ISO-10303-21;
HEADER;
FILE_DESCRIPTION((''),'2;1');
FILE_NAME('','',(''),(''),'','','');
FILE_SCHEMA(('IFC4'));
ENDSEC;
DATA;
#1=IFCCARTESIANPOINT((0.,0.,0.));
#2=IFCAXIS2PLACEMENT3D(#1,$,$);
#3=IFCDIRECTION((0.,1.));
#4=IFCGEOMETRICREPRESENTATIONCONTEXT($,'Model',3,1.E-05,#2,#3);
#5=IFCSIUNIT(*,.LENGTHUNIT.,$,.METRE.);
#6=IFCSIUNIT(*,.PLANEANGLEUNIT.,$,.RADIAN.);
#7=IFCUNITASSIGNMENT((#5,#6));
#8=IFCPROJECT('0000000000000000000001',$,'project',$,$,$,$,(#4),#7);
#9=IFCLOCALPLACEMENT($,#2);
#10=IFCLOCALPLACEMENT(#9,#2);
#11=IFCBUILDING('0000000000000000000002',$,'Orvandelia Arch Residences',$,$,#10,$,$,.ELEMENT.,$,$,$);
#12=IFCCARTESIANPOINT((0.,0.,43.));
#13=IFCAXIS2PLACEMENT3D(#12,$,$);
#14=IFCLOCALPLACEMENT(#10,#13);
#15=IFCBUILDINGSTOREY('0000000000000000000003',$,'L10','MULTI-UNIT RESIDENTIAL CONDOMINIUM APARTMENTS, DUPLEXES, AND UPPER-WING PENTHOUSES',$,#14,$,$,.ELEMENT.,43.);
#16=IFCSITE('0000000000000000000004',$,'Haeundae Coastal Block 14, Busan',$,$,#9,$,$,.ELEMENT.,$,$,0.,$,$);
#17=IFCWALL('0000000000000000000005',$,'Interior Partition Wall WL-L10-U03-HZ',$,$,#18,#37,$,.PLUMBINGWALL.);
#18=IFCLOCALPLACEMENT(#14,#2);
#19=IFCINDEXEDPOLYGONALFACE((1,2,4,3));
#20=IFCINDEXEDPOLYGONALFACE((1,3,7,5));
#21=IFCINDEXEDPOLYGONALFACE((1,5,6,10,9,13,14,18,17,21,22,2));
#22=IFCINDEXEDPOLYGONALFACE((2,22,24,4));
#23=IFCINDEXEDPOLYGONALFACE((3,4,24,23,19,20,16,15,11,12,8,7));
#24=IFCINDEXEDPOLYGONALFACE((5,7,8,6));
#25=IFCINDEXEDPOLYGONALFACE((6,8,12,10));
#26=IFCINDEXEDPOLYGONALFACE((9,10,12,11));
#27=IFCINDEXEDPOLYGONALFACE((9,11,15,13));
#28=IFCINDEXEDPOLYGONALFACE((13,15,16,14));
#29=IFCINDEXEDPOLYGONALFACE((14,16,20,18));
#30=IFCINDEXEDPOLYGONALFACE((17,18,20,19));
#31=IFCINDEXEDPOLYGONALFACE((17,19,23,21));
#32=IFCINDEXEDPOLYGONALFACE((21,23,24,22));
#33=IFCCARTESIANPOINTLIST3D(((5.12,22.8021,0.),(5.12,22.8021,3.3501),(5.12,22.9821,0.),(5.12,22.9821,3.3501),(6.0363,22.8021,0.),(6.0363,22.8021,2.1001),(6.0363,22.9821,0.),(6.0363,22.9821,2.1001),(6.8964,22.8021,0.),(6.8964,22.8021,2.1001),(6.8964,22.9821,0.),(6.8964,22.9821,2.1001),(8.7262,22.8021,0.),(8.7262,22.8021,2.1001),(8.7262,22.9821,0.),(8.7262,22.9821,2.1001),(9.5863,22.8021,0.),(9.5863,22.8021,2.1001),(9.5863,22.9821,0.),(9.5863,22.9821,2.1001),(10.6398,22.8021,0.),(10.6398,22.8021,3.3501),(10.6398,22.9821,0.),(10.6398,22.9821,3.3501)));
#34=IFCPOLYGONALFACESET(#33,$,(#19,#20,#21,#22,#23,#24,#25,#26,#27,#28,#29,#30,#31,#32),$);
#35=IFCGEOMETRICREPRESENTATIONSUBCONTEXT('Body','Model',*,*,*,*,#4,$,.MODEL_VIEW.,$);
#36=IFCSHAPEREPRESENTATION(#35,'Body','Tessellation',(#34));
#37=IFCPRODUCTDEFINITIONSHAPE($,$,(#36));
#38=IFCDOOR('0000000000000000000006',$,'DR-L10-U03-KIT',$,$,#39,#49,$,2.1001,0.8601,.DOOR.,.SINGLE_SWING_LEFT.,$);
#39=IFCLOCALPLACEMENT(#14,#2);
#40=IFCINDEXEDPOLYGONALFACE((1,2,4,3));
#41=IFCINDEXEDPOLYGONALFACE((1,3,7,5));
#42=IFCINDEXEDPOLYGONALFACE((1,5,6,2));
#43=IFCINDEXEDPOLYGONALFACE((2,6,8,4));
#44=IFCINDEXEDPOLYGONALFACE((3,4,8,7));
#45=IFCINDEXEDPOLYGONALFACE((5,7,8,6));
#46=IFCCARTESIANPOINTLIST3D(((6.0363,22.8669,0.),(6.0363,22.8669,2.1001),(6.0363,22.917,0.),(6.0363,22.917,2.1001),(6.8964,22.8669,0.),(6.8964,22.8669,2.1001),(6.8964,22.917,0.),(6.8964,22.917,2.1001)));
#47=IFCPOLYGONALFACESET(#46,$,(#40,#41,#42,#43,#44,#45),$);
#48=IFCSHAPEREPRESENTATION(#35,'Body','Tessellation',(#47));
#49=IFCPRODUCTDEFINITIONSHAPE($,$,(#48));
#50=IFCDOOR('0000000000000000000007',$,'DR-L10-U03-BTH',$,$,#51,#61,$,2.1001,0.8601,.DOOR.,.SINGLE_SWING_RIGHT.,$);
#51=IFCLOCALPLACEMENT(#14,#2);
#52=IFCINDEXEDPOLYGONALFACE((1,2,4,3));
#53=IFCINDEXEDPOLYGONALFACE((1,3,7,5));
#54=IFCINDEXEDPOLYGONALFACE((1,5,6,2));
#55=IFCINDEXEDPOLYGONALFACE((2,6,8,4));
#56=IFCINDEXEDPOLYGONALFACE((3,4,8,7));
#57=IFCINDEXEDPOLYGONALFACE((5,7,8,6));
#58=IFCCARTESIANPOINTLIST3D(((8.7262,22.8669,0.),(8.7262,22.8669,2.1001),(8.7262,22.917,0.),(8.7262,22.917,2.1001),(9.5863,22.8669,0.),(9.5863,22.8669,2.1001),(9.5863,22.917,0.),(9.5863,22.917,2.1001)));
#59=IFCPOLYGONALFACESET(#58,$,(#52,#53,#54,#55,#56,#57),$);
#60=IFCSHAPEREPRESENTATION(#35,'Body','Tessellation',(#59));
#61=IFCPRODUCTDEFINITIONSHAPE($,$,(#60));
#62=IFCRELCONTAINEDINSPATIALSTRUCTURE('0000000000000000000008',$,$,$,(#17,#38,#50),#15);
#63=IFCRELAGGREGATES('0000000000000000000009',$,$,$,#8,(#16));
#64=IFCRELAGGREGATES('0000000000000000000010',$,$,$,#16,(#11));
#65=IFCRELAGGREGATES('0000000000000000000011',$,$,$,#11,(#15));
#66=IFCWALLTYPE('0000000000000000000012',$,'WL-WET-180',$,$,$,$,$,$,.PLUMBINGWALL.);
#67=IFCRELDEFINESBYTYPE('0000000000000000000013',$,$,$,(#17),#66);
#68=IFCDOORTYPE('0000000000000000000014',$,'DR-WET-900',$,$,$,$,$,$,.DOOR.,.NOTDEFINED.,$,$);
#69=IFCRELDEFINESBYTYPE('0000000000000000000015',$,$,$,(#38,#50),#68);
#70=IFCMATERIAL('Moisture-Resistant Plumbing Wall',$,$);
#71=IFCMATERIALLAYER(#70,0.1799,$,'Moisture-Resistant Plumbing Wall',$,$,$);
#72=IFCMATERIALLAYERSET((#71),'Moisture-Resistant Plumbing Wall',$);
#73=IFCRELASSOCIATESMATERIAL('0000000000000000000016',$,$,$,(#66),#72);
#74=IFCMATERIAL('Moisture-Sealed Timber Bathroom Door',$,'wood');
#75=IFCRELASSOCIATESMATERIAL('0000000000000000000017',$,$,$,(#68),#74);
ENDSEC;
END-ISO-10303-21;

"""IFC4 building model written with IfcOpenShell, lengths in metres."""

from ifc_helpers import new_model, si_unit, direction, frame, frame_2d, origin, place, context, subcontext, project, spatial, rectangle, extrude, material, layer, layer_set, type_object, element, fill, save


model = new_model("IFC4")

# Units and contexts
model_context = context("Model", 3, precision=1e-05, world=origin(), true_north=direction((0.0, 1.0)))
body_context = subcontext(model_context, "Body", "Model", "MODEL_VIEW")
ifc_project = project(units=[si_unit("LENGTHUNIT", "METRE"), si_unit("PLANEANGLEUNIT", "RADIAN")], contexts=[model_context])

# Site, building, storey
site_placement = place(None, origin())
site = spatial("IfcSite", under=ifc_project, at=site_placement, Name="Haeundae Coastal Block 14, Busan", CompositionType="ELEMENT", RefElevation=0.0)
building_placement = place(site_placement, origin())
building = spatial("IfcBuilding", under=site, at=building_placement, Name="Orvandelia Arch Residences", CompositionType="ELEMENT")
storey_placement = place(building_placement, frame((0.0, 0.0, 43.0)))
storey = spatial("IfcBuildingStorey", under=building, at=storey_placement, Name="L10", Description="MULTI-UNIT RESIDENTIAL CONDOMINIUM APARTMENTS, DUPLEXES, AND UPPER-WING PENTHOUSES", CompositionType="ELEMENT", Elevation=43.0)

# Wall, openings, doors
ifc_material_1 = material(Name="Moisture-Resistant Plumbing Wall")
ifc_layer_1 = layer(ifc_material_1, 0.1799, Name="Moisture-Resistant Plumbing Wall")
ifc_layer_set_1 = layer_set([ifc_layer_1], Name="Moisture-Resistant Plumbing Wall")
wall_type_1 = type_object("IfcWallType", Name="WL-WET-180", PredefinedType="PLUMBINGWALL", material=ifc_layer_set_1)
ifc_material_2 = material(Name="Moisture-Sealed Timber Bathroom Door", Category="wood")
door_type_1 = type_object("IfcDoorType", Name="DR-WET-900", OperationType="NOTDEFINED", PredefinedType="DOOR", material=ifc_material_2)
wall_1_placement = place(storey_placement, frame((5.1201, 22.8921, 0.0), z_axis=(0.0, 0.0, 1.0), x_axis=(1.0, 0.0, 0.0)))
wall_1 = element("IfcWall", 1, at=wall_1_placement, inside=storey, type_object=wall_type_1, Name="Interior Partition Wall WL-L10-U03-HZ", PredefinedType="PLUMBINGWALL", context=body_context, shape_type="SweptSolid", body=[
    extrude(rectangle(XDim=5.5198, YDim=0.1799, at=frame_2d((2.7598, 0.0))), origin(), (0.0, 0.0, 1.0), 3.3501),
])
opening_1_placement = place(wall_1_placement, frame((0.916, 0.0, 0.0)))
opening_1 = element("IfcOpeningElement", 2, at=opening_1_placement, cuts=wall_1, PredefinedType="OPENING", context=body_context, shape_type="SweptSolid", body=[
    extrude(rectangle(XDim=0.8601, YDim=2.1001, at=frame_2d((0.4302, 1.05))), frame((0.0, 0.1001, 0.0), z_axis=(0.0, -1.0, 0.0), x_axis=(1.0, 0.0, 0.0)), (0.0, 0.0, 1.0), 0.2),
])
opening_2_placement = place(wall_1_placement, frame((3.606, 0.0, 0.0)))
opening_2 = element("IfcOpeningElement", 3, at=opening_2_placement, cuts=wall_1, PredefinedType="OPENING", context=body_context, shape_type="SweptSolid", body=[
    extrude(rectangle(XDim=0.8601, YDim=2.1001, at=frame_2d((0.4302, 1.05))), frame((0.0, 0.1001, 0.0), z_axis=(0.0, -1.0, 0.0), x_axis=(1.0, 0.0, 0.0)), (0.0, 0.0, 1.0), 0.2),
])
door_1_placement = place(opening_1_placement, origin())
door_1 = element("IfcDoor", 4, at=door_1_placement, inside=storey, type_object=door_type_1, Name="DR-L10-U03-KIT", OperationType="SINGLE_SWING_LEFT", OverallHeight=2.1001, OverallWidth=0.8601, PredefinedType="DOOR", context=body_context, shape_type="SweptSolid", body=[
    extrude(rectangle(XDim=0.8601, YDim=2.1001, at=frame_2d((0.4302, 1.05))), frame((0.0, 0.0249, 0.0), z_axis=(0.0, -1.0, 0.0), x_axis=(1.0, 0.0, 0.0)), (0.0, 0.0, 1.0), 0.05),
])
fill(opening_1, door_1)
door_2_placement = place(opening_2_placement, origin())
door_2 = element("IfcDoor", 5, at=door_2_placement, inside=storey, type_object=door_type_1, Name="DR-L10-U03-BTH", OperationType="SINGLE_SWING_RIGHT", OverallHeight=2.1001, OverallWidth=0.8601, PredefinedType="DOOR", context=body_context, shape_type="SweptSolid", body=[
    extrude(rectangle(XDim=0.8601, YDim=2.1001, at=frame_2d((0.4302, 1.05))), frame((0.0, 0.0249, 0.0), z_axis=(0.0, -1.0, 0.0), x_axis=(1.0, 0.0, 0.0)), (0.0, 0.0, 1.0), 0.05),
])
fill(opening_2, door_2)

save(model, "model.ifc")
